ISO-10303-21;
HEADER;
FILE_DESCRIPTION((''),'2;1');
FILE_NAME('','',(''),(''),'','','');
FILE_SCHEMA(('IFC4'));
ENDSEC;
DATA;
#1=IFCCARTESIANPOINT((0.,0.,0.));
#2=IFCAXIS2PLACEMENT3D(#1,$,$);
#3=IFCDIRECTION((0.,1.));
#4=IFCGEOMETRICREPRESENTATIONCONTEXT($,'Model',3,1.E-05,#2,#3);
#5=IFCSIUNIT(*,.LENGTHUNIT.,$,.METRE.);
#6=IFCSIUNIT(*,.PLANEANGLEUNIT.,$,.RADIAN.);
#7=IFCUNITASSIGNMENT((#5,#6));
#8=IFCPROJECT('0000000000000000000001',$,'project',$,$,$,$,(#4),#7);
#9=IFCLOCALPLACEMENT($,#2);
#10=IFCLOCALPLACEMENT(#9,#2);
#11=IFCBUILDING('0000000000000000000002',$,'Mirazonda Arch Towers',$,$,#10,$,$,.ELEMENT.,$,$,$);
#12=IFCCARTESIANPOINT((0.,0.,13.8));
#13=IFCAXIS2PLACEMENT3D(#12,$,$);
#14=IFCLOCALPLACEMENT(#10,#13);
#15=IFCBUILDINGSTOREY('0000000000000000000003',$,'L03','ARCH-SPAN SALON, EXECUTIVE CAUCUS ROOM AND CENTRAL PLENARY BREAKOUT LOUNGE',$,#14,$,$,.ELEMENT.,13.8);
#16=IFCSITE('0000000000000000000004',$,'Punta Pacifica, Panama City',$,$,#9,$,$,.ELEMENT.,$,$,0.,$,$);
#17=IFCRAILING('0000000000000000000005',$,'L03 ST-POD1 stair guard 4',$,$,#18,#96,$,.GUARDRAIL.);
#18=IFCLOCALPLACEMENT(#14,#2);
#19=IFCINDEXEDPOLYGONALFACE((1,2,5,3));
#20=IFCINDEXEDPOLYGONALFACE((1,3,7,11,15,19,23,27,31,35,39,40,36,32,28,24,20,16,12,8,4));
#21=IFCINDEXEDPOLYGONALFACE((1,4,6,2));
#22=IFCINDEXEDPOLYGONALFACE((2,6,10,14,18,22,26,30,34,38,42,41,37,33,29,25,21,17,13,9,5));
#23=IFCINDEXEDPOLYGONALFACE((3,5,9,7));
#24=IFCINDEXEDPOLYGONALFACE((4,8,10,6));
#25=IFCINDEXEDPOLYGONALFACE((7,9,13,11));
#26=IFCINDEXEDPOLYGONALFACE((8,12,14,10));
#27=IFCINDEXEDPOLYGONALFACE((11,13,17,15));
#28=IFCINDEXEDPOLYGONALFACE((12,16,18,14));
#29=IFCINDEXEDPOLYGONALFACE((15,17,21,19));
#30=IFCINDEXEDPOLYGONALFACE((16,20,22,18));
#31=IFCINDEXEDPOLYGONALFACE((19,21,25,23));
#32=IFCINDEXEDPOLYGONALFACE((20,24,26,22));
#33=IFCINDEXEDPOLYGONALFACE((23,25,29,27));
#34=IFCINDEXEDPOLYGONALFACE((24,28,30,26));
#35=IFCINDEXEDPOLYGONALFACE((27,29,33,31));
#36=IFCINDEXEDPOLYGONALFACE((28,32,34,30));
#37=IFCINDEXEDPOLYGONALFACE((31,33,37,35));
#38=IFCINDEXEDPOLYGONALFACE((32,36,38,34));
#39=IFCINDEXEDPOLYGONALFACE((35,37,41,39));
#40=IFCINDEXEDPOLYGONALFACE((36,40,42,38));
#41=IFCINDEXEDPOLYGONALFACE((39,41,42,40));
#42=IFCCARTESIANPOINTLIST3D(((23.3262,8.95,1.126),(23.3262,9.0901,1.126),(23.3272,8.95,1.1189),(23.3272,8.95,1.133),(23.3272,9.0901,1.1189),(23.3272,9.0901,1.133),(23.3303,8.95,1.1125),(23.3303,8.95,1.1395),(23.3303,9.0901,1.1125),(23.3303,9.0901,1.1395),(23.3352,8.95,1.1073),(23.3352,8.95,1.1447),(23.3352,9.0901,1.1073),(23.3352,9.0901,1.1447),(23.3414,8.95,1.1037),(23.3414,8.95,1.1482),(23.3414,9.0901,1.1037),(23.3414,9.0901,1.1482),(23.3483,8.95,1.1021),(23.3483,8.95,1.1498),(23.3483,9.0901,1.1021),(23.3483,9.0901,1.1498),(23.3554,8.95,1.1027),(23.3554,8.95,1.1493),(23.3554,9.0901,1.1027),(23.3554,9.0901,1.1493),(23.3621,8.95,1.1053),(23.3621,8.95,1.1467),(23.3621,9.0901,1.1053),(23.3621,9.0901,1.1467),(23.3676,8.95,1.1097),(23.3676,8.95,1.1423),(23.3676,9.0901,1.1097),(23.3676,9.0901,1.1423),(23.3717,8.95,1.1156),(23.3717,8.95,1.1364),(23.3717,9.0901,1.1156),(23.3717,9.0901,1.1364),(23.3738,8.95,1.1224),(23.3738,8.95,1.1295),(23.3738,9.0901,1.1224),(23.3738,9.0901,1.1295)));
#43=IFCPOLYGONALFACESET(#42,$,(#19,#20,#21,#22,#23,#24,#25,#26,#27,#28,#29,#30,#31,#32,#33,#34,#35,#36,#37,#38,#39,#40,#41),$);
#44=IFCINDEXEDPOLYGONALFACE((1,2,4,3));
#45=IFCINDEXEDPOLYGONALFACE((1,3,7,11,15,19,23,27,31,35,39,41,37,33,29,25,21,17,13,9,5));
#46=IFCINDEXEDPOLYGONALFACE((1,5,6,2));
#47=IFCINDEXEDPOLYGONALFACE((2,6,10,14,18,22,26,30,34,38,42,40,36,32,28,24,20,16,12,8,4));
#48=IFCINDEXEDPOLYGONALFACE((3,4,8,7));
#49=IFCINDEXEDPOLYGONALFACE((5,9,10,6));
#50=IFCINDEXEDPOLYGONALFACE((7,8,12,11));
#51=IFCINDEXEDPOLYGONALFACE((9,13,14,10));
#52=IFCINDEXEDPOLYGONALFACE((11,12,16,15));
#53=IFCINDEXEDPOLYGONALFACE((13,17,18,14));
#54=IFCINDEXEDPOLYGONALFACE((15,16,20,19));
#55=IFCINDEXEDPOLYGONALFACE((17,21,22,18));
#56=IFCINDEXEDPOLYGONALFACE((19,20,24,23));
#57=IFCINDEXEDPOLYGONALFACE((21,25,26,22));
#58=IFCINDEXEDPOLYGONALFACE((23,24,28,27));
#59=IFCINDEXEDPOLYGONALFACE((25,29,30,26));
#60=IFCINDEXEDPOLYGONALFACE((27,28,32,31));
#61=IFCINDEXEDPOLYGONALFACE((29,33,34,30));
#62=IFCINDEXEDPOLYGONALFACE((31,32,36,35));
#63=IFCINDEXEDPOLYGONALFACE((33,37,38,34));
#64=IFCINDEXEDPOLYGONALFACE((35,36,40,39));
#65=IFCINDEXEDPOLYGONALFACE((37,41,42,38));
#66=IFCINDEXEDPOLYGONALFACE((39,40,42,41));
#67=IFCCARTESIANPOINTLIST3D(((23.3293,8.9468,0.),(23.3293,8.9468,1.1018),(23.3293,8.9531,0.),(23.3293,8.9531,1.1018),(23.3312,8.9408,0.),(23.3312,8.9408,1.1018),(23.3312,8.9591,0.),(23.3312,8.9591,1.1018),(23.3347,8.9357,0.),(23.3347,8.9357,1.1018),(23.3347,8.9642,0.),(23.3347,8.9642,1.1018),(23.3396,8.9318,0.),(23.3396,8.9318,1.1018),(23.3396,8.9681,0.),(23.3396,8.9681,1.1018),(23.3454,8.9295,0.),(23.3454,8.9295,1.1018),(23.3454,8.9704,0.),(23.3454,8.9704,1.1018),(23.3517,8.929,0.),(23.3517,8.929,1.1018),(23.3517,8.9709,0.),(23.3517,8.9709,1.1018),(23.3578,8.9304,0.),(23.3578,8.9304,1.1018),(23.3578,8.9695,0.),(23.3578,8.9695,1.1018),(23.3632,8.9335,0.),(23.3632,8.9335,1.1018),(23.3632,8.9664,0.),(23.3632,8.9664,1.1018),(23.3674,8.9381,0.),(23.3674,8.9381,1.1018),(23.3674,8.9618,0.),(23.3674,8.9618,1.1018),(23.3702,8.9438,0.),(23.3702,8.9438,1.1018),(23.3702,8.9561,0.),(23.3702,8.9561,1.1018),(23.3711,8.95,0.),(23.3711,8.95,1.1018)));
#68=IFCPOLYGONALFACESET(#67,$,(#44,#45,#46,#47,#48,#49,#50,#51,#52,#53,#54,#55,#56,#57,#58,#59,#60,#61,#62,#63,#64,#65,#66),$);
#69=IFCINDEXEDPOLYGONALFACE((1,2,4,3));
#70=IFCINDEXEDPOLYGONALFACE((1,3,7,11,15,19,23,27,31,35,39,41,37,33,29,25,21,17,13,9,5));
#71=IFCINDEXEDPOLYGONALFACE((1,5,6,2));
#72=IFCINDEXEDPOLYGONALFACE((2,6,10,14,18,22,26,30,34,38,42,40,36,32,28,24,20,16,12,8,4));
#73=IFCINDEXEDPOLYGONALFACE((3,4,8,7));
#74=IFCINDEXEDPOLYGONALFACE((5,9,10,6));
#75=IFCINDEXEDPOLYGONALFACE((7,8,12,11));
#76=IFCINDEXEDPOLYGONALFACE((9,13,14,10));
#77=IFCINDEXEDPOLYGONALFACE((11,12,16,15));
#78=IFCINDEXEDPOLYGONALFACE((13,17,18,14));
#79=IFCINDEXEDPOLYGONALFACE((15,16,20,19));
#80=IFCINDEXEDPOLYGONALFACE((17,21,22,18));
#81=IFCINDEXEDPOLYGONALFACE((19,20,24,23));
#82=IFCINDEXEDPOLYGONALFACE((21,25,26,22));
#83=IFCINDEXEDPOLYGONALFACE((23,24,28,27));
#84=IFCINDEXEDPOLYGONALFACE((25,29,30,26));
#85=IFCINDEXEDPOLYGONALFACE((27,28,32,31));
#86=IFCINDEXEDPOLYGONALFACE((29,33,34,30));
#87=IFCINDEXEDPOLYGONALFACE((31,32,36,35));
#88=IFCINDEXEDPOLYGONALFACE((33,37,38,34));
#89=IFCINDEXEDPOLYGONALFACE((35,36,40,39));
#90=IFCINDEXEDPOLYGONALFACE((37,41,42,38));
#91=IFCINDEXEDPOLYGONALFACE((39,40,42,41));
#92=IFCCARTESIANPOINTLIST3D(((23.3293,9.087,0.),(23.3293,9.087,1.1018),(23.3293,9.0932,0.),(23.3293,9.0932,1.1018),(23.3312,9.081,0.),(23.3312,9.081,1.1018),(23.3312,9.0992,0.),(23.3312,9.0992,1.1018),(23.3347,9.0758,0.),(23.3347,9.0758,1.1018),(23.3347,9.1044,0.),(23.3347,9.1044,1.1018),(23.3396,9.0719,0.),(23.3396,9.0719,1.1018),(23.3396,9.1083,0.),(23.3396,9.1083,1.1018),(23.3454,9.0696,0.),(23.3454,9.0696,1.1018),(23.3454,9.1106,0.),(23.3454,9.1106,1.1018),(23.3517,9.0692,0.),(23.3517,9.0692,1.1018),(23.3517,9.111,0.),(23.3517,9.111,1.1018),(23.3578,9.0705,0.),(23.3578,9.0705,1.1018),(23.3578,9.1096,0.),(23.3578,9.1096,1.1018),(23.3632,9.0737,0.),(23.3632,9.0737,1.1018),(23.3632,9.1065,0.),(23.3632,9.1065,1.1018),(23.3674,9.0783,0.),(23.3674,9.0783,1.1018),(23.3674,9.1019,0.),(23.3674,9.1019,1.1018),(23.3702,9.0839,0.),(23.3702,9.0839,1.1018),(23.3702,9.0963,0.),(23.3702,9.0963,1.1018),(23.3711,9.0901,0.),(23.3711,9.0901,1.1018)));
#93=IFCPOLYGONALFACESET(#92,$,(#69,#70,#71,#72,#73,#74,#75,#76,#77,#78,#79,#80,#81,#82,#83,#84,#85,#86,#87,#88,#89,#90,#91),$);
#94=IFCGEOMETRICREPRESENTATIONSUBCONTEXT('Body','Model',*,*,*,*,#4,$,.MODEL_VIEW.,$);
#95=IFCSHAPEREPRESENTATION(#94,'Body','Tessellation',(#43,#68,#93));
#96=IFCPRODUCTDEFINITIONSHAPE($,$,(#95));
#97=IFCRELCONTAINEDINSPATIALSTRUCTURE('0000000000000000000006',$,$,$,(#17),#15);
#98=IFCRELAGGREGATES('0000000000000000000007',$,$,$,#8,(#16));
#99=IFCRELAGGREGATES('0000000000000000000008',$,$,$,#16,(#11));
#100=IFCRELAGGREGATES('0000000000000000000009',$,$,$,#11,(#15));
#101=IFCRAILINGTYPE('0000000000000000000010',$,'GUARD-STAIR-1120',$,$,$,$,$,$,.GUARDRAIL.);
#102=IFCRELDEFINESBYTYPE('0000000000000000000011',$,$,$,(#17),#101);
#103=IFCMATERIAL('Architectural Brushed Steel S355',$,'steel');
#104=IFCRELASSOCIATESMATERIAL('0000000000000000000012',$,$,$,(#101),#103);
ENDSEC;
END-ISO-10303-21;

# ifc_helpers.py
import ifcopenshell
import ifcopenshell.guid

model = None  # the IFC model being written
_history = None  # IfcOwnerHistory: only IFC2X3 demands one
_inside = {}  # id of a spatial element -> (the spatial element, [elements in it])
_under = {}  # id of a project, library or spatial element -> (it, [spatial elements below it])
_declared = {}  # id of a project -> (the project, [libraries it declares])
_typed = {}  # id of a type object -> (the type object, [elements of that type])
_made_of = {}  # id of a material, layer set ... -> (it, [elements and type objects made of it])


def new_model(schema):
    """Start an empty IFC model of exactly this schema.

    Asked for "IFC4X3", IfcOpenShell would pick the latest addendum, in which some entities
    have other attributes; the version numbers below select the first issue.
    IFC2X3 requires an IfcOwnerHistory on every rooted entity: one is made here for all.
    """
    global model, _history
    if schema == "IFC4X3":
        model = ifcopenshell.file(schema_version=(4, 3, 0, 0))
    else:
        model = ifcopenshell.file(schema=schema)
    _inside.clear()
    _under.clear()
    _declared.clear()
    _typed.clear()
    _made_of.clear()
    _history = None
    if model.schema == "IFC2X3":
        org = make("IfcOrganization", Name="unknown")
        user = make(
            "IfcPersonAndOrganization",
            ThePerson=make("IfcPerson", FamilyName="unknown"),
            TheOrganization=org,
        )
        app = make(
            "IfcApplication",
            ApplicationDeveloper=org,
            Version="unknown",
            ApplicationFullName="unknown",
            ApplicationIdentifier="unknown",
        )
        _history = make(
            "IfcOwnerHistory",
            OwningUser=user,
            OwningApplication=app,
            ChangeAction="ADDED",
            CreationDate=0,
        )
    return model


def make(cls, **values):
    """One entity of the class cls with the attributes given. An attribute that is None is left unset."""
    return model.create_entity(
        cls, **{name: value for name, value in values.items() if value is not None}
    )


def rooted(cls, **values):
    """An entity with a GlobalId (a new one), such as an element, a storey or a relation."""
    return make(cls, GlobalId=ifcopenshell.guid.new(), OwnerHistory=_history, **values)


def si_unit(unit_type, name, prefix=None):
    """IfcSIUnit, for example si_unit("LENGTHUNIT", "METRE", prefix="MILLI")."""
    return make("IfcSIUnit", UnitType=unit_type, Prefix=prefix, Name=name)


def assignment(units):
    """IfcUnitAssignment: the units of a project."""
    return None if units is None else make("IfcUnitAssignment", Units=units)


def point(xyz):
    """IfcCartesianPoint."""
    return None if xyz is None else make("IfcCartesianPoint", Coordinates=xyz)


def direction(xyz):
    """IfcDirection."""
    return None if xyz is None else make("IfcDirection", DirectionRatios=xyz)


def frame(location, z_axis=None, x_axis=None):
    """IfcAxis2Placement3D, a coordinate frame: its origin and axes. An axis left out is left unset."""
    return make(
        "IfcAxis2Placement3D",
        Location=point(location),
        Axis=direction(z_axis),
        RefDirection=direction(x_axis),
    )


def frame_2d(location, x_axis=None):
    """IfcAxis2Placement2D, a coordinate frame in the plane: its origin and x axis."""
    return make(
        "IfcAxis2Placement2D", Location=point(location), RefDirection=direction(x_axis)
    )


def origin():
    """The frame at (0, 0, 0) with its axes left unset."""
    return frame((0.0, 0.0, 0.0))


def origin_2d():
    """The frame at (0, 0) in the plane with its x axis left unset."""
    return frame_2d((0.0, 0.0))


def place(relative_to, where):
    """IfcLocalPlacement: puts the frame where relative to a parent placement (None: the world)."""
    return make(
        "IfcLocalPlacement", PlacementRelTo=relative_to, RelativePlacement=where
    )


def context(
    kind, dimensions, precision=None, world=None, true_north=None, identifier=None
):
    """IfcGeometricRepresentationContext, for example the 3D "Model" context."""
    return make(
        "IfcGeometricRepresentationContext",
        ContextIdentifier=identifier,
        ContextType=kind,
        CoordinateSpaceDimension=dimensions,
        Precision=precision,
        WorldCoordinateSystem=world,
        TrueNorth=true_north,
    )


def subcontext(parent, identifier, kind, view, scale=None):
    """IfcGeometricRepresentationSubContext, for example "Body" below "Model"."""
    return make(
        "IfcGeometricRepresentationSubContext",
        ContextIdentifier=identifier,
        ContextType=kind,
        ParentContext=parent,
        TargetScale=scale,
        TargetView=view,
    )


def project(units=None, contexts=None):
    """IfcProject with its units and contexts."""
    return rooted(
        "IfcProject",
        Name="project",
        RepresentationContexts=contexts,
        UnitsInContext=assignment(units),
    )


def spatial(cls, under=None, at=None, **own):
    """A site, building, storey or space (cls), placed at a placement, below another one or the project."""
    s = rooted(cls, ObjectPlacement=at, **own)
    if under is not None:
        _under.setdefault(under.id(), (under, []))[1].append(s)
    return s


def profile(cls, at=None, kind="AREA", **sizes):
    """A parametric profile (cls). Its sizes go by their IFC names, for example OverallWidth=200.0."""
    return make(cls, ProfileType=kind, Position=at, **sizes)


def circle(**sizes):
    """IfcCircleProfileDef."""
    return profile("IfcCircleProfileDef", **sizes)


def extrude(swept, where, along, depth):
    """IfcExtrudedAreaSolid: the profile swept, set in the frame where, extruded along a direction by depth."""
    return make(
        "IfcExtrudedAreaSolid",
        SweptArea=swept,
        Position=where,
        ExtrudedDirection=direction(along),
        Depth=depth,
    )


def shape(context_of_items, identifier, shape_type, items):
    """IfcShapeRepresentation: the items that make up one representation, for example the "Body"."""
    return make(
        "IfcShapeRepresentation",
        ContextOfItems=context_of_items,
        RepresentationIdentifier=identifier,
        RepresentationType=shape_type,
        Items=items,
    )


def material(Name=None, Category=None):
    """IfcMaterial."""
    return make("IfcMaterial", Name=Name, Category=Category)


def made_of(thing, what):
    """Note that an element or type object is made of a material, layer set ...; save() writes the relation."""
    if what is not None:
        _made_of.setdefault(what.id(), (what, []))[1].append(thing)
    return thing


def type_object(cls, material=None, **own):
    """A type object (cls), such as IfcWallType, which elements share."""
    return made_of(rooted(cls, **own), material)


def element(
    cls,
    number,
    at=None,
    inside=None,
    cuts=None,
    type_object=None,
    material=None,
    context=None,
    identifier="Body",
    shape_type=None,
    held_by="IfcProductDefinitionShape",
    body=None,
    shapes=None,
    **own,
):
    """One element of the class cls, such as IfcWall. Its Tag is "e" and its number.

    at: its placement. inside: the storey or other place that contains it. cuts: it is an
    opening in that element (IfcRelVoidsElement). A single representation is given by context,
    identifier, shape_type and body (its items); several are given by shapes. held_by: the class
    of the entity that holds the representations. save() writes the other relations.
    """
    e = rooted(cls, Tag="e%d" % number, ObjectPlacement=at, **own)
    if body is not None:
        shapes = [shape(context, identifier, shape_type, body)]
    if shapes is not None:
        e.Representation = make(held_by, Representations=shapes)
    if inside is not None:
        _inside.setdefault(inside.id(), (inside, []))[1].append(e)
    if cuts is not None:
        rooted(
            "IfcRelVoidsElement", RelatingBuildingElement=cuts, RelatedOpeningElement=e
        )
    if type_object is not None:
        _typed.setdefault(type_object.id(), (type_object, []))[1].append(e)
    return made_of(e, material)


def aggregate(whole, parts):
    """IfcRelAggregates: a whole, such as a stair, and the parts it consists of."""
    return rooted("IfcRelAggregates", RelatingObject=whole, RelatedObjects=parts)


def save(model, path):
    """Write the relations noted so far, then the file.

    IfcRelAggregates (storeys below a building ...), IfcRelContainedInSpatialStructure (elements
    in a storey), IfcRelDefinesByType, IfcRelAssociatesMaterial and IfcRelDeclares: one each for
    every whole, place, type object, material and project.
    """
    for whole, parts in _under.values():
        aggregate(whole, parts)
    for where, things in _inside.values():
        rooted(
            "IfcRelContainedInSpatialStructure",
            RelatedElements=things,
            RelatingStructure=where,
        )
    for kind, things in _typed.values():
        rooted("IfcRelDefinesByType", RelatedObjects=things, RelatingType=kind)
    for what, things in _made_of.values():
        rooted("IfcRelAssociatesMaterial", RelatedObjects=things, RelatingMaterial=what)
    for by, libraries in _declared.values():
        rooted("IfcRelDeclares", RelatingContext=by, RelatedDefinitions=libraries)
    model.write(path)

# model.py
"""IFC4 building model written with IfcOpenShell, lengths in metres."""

from ifc_helpers import new_model, si_unit, direction, frame, origin, origin_2d, place, context, subcontext, project, spatial, circle, extrude, material, type_object, element, save


model = new_model("IFC4")

# Units and contexts
model_context = context("Model", 3, precision=1e-05, world=origin(), true_north=direction((0.0, 1.0)))
body_context = subcontext(model_context, "Body", "Model", "MODEL_VIEW")
ifc_project = project(units=[si_unit("LENGTHUNIT", "METRE"), si_unit("PLANEANGLEUNIT", "RADIAN")], contexts=[model_context])

# Site, building, storey
site_placement = place(None, origin())
site = spatial("IfcSite", under=ifc_project, at=site_placement, Name="Punta Pacifica, Panama City", CompositionType="ELEMENT", RefElevation=0.0)
building_placement = place(site_placement, origin())
building = spatial("IfcBuilding", under=site, at=building_placement, Name="Mirazonda Arch Towers", CompositionType="ELEMENT")
storey_placement = place(building_placement, frame((0.0, 0.0, 13.8)))
storey = spatial("IfcBuildingStorey", under=building, at=storey_placement, Name="L03", Description="ARCH-SPAN SALON, EXECUTIVE CAUCUS ROOM AND CENTRAL PLENARY BREAKOUT LOUNGE", CompositionType="ELEMENT", Elevation=13.8)

# Railing
ifc_material_1 = material(Name="Architectural Brushed Steel S355", Category="steel")
railing_type_1 = type_object("IfcRailingType", Name="GUARD-STAIR-1120", PredefinedType="GUARDRAIL", material=ifc_material_1)
railing_1_placement = place(storey_placement, frame((23.3501, 8.95, 0.0)))
element("IfcRailing", 1, at=railing_1_placement, inside=storey, type_object=railing_type_1, Name="L03 ST-POD1 stair guard 4", PredefinedType="GUARDRAIL", context=body_context, shape_type="SweptSolid", body=[
    extrude(circle(Radius=0.0239, at=origin_2d()), frame((0.0, 0.0, 1.126), z_axis=(0.0, 1.0, 0.0), x_axis=(-1.0, 0.0, 0.0)), (0.0, 0.0, 1.0), 0.1401),
    extrude(circle(Radius=0.021, at=origin_2d()), origin(), (0.0, 0.0, 1.0), 1.1018),
    extrude(circle(Radius=0.021, at=origin_2d()), frame((0.0, 0.1401, 0.0)), (0.0, 0.0, 1.0), 1.1018),
])

save(model, "model.ifc")
